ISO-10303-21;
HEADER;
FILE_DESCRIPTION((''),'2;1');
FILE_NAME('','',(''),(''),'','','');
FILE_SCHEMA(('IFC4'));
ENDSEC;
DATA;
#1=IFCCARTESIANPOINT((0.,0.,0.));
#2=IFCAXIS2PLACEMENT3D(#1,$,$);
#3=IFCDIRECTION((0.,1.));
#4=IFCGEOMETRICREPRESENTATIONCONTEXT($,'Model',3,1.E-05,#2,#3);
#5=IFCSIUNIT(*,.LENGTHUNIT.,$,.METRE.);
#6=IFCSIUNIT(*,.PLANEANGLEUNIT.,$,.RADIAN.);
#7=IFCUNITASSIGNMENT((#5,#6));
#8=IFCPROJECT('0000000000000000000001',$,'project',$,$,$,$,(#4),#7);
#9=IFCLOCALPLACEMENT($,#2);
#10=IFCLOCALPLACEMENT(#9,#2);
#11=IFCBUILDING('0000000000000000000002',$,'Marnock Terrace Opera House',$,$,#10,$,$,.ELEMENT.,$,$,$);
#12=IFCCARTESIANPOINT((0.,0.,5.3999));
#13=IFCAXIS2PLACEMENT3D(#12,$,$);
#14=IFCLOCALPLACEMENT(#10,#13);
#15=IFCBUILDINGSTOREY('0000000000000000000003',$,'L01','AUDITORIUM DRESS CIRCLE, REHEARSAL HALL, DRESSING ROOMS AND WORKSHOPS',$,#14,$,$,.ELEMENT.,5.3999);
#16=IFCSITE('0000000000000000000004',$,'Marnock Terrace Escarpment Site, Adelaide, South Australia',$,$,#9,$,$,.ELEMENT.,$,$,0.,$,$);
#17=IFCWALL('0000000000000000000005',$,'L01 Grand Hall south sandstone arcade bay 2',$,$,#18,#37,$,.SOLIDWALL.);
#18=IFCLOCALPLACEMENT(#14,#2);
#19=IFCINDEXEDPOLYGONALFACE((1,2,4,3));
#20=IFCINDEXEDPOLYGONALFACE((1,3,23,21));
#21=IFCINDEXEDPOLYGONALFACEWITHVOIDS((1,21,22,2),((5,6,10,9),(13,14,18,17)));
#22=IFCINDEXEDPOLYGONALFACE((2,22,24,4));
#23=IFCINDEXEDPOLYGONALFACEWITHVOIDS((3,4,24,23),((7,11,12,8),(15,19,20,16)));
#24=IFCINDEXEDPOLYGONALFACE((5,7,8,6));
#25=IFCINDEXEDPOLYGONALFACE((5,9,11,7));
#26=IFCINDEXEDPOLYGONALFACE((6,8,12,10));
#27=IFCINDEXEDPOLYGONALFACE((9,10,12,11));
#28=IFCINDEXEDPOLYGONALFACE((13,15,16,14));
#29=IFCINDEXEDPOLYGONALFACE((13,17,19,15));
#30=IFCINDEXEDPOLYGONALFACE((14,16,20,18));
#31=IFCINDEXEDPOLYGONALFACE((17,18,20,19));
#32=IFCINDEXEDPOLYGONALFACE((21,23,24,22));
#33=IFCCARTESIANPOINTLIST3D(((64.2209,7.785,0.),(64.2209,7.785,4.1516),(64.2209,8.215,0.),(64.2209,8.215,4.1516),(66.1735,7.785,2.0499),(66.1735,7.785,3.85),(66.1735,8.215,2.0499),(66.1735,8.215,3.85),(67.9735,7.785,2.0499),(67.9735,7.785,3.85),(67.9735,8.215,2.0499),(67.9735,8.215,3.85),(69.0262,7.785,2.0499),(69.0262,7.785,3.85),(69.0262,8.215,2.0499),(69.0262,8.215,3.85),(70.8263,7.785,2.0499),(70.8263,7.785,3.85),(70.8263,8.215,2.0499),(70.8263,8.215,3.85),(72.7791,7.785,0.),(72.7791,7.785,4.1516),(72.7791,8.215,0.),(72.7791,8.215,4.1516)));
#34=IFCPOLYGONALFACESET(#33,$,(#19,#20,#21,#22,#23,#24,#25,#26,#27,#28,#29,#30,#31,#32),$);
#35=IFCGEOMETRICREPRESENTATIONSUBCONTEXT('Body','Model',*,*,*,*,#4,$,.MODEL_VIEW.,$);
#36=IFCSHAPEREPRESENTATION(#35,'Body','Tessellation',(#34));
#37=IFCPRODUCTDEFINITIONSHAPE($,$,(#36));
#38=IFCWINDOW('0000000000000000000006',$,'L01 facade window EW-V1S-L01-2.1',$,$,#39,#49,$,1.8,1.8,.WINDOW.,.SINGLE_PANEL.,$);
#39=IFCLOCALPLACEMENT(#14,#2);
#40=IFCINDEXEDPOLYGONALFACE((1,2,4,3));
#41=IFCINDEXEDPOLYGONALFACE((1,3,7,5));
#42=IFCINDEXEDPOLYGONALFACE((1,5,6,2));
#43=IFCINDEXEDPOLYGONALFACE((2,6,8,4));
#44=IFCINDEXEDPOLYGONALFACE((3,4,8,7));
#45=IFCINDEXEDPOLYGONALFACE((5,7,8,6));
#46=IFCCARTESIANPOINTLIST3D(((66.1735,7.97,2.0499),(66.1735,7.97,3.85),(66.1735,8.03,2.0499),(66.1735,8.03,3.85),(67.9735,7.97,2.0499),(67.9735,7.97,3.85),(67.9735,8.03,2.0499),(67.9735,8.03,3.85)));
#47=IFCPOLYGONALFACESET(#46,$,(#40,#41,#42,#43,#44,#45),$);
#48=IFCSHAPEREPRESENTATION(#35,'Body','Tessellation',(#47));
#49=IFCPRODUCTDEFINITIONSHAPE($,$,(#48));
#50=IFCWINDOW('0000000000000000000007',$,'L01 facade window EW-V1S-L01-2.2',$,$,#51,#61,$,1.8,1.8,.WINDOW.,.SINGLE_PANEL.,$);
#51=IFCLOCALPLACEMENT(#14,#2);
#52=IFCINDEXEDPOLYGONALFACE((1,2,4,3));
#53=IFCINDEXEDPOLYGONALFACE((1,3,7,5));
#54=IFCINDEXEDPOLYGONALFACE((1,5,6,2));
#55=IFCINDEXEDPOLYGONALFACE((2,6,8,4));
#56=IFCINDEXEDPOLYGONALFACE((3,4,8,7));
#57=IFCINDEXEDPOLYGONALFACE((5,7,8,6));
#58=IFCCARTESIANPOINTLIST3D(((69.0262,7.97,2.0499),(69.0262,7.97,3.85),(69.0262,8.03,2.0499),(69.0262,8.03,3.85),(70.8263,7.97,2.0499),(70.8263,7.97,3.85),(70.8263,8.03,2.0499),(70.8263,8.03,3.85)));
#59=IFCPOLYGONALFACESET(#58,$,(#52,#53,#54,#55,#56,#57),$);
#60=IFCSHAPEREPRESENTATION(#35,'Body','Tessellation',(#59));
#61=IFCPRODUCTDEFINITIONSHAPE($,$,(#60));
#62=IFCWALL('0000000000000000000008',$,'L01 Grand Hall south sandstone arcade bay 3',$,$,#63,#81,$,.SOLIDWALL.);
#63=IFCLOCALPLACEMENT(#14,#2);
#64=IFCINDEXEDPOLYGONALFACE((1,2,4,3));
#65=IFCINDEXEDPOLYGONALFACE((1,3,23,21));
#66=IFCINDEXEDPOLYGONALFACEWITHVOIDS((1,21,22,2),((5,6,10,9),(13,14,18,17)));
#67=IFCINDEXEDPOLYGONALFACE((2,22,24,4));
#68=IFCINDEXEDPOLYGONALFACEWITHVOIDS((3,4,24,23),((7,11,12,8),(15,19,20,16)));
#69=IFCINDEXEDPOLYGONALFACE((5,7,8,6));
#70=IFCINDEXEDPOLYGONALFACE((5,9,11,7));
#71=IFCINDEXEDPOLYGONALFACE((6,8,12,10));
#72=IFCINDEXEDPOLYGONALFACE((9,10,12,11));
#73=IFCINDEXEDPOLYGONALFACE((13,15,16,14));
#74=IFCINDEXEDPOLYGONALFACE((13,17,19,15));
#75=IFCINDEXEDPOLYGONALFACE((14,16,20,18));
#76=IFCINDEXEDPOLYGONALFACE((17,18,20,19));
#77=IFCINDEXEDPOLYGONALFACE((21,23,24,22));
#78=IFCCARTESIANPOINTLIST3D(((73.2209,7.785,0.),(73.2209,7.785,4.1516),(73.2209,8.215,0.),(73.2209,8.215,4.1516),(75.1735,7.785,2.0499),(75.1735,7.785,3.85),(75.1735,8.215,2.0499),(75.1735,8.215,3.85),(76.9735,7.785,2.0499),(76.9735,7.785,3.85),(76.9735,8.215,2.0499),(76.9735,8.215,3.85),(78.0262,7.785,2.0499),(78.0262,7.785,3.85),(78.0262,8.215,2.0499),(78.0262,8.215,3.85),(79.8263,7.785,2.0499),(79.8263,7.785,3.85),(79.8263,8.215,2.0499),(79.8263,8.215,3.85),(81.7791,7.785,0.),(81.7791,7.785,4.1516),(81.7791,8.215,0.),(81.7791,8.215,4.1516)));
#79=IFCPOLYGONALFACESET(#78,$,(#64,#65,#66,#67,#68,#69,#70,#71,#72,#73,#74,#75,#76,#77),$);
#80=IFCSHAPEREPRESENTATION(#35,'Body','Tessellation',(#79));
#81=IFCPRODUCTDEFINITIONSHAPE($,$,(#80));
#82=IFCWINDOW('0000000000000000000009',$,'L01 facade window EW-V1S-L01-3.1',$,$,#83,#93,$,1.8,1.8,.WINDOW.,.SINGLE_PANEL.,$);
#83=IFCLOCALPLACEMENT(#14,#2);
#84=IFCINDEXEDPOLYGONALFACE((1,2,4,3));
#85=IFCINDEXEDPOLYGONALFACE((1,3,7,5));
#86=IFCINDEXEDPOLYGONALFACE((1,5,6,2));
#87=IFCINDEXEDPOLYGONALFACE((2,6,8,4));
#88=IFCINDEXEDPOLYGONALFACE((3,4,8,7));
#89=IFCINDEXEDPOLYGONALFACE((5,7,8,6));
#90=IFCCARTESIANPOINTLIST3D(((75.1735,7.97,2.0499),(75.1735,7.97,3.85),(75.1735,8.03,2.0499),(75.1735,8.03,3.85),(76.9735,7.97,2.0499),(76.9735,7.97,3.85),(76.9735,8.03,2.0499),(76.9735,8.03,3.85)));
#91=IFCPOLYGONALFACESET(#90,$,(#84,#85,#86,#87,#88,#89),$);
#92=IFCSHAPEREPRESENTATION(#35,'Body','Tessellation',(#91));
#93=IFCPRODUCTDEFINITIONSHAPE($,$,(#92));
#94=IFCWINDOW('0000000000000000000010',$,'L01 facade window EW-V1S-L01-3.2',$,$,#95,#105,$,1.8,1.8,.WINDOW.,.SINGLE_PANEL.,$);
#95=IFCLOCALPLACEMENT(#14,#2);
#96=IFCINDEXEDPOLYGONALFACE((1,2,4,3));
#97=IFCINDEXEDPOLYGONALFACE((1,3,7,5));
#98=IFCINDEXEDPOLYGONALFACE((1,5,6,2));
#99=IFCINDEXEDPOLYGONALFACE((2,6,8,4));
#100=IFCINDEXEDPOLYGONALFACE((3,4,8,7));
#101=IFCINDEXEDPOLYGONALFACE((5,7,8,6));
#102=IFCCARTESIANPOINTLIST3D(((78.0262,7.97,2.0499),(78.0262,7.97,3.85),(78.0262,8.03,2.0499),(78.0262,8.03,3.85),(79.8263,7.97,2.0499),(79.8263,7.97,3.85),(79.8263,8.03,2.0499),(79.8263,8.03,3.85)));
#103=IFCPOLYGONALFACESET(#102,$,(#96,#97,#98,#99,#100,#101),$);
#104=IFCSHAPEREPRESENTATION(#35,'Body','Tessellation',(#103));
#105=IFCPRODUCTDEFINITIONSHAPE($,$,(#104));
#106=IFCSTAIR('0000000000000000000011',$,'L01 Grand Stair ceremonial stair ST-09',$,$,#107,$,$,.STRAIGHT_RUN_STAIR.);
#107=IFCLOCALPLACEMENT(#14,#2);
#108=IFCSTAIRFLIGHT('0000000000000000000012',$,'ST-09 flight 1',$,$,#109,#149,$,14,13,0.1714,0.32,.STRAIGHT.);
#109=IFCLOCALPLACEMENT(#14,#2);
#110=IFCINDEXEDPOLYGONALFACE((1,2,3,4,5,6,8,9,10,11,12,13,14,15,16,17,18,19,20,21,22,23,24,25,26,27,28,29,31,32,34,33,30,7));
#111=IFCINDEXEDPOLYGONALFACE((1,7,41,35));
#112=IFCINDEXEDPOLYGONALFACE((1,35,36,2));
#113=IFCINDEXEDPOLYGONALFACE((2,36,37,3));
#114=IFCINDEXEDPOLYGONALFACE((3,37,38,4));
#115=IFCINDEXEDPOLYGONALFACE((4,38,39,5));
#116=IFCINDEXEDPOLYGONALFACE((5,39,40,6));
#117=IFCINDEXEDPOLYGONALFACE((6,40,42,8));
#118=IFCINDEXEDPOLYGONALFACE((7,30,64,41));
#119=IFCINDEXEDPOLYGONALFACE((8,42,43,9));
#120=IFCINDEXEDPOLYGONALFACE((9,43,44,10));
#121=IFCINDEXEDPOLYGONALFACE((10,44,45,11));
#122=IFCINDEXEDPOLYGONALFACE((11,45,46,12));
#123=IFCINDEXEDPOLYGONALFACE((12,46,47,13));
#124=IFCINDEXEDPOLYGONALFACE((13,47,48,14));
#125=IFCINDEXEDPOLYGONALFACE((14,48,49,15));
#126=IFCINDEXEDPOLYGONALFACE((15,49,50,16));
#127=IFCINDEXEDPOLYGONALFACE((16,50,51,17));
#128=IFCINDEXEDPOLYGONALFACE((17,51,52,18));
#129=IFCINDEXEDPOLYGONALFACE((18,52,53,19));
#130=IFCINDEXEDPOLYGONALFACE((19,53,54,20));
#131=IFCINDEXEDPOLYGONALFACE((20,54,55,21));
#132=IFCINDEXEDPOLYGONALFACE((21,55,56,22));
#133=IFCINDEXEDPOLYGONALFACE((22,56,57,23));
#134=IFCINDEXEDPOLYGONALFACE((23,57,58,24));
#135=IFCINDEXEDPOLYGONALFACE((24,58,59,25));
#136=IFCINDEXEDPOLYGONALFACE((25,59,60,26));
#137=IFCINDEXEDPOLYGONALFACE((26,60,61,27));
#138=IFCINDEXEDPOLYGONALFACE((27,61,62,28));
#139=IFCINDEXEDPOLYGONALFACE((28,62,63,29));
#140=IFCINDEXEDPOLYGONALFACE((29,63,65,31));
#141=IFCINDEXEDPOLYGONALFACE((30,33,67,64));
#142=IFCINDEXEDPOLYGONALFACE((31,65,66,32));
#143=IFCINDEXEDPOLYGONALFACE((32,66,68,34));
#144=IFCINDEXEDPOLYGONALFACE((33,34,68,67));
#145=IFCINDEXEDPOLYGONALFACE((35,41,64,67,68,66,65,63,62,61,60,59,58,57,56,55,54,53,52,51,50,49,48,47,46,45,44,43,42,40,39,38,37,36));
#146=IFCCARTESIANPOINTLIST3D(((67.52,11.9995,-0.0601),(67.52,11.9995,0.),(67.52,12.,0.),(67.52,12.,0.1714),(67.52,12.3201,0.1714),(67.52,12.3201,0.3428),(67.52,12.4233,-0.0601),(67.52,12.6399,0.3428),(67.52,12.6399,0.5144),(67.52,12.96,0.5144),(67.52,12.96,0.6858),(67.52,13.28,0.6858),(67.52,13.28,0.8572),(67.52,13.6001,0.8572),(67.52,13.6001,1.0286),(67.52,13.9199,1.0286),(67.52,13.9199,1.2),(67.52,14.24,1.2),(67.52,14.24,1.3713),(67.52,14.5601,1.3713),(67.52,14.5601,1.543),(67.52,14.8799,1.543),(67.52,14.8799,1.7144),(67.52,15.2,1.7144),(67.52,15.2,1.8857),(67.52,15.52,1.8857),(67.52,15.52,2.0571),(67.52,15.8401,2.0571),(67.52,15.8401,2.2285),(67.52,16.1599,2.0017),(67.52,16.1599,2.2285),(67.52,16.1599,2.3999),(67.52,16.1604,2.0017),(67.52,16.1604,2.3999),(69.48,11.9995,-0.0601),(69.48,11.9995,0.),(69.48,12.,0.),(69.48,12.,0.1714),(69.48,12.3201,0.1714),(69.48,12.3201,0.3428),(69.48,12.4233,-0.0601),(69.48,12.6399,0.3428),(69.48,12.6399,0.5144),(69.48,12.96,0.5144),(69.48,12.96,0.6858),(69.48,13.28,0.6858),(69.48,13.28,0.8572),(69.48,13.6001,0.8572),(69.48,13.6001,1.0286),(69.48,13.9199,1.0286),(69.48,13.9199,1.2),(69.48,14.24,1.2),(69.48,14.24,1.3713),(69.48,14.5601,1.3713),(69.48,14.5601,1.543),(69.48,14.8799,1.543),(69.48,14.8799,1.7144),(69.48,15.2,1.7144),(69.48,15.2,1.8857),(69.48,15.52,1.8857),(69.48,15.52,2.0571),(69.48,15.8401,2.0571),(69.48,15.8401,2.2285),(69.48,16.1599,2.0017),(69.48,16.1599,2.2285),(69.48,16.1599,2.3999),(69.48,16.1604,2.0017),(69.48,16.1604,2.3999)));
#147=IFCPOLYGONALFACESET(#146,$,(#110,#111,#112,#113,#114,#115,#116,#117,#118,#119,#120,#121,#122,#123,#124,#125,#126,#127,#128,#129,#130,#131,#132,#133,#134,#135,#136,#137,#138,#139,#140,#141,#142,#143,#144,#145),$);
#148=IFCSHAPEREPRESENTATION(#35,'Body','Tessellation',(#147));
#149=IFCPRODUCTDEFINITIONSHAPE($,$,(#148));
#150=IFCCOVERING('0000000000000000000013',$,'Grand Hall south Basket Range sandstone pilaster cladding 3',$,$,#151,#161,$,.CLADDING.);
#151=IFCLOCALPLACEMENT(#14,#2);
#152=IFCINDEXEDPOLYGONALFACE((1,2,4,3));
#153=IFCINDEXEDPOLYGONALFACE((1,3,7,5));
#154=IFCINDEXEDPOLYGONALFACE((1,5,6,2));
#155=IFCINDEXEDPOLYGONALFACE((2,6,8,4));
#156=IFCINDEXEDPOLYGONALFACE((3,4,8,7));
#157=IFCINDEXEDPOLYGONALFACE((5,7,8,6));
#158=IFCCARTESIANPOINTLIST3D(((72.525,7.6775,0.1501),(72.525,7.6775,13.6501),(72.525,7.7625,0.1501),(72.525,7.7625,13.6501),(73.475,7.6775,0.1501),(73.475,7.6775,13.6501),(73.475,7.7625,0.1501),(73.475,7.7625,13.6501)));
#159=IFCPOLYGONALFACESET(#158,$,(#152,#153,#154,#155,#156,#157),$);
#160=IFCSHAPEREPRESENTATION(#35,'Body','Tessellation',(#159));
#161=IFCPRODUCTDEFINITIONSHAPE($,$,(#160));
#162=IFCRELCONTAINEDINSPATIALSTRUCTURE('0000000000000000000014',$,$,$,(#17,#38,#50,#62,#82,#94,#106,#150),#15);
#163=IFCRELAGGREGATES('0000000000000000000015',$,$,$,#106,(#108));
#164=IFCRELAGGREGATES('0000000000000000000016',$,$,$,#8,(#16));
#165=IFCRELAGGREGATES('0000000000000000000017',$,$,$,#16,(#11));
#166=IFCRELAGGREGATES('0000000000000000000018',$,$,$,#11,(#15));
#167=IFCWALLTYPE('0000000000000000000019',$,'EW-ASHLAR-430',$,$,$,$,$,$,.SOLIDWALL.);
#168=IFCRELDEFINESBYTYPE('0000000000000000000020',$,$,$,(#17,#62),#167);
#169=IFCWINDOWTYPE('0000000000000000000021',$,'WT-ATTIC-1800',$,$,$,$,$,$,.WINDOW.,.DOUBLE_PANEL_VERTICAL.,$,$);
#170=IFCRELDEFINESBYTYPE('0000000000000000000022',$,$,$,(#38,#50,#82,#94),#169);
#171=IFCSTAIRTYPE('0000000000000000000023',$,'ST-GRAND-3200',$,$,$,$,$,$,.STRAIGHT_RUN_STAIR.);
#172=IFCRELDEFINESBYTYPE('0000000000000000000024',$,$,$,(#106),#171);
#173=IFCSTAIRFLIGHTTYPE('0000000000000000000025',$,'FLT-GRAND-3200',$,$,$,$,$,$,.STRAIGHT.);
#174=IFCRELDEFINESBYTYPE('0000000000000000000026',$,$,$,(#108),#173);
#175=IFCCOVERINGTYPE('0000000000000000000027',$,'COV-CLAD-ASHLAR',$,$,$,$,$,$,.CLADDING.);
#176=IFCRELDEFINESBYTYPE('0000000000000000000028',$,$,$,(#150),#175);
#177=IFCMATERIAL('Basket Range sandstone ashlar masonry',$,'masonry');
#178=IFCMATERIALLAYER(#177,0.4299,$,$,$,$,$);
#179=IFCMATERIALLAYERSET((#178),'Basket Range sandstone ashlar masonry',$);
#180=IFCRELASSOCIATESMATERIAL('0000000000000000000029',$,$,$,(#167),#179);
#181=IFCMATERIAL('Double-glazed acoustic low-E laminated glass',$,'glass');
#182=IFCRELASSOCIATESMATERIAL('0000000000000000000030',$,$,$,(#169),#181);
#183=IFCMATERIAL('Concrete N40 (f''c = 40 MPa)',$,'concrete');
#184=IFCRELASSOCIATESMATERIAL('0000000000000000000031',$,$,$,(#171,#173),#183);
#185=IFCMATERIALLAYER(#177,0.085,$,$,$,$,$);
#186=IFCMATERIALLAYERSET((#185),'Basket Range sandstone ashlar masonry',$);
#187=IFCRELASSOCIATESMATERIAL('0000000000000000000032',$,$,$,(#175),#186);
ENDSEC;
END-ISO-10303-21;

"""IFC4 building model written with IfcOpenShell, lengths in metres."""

from ifc_helpers import new_model, si_unit, direction, frame, frame_2d, origin, origin_2d, place, context, subcontext, project, spatial, polyline, rectangle, outline, extrude, material, layer, layer_set, type_object, element, fill, aggregate, save


model = new_model("IFC4")

# Units and contexts
model_context = context("Model", 3, precision=1e-05, world=origin(), true_north=direction((0.0, 1.0)))
body_context = subcontext(model_context, "Body", "Model", "MODEL_VIEW")
ifc_project = project(units=[si_unit("LENGTHUNIT", "METRE"), si_unit("PLANEANGLEUNIT", "RADIAN")], contexts=[model_context])

# Site, building, storey
site_placement = place(None, origin())
site = spatial("IfcSite", under=ifc_project, at=site_placement, Name="Marnock Terrace Escarpment Site, Adelaide, South Australia", CompositionType="ELEMENT", RefElevation=0.0)
building_placement = place(site_placement, origin())
building = spatial("IfcBuilding", under=site, at=building_placement, Name="Marnock Terrace Opera House", CompositionType="ELEMENT")
storey_placement = place(building_placement, frame((0.0, 0.0, 5.3999)))
storey = spatial("IfcBuildingStorey", under=building, at=storey_placement, Name="L01", Description="AUDITORIUM DRESS CIRCLE, REHEARSAL HALL, DRESSING ROOMS AND WORKSHOPS", CompositionType="ELEMENT", Elevation=5.3999)

# Shared definitions
ifc_material_1 = material(Name="Concrete N40 (f'c = 40 MPa)", Category="concrete")

# Walls, openings, windows
ifc_material_2 = material(Name="Basket Range sandstone ashlar masonry", Category="masonry")
ifc_layer_1 = layer(ifc_material_2, 0.4299)
ifc_layer_set_1 = layer_set([ifc_layer_1], Name="Basket Range sandstone ashlar masonry")
wall_type = type_object("IfcWallType", Name="EW-ASHLAR-430", PredefinedType="SOLIDWALL", material=ifc_layer_set_1)
wall_1_placement = place(storey_placement, frame((64.2209, 8.0, 0.0), z_axis=(0.0, 0.0, 1.0), x_axis=(1.0, 0.0, 0.0)))
wall_1 = element("IfcWall", 1, at=wall_1_placement, inside=storey, type_object=wall_type, Name="L01 Grand Hall south sandstone arcade bay 2", PredefinedType="SOLIDWALL", context=body_context, shape_type="SweptSolid", body=[
    extrude(rectangle(XDim=8.5581, YDim=0.4299, at=frame_2d((4.2791, 0.0))), origin(), (0.0, 0.0, 1.0), 4.1516),
])
opening_1_placement = place(wall_1_placement, frame((1.9526, 0.0, 2.05)))
opening_1 = element("IfcOpeningElement", 2, at=opening_1_placement, cuts=wall_1, PredefinedType="OPENING", context=body_context, shape_type="SweptSolid", body=[
    extrude(rectangle(XDim=1.8, YDim=1.8, at=frame_2d((0.8999, 0.8999))), frame((0.0, 0.2249, 0.0), z_axis=(0.0, -1.0, 0.0), x_axis=(1.0, 0.0, 0.0)), (0.0, 0.0, 1.0), 0.45),
])
opening_2_placement = place(wall_1_placement, frame((4.8054, 0.0, 2.05)))
opening_2 = element("IfcOpeningElement", 3, at=opening_2_placement, cuts=wall_1, PredefinedType="OPENING", context=body_context, shape_type="SweptSolid", body=[
    extrude(rectangle(XDim=1.8, YDim=1.8, at=frame_2d((0.8999, 0.8999))), frame((0.0, 0.2249, 0.0), z_axis=(0.0, -1.0, 0.0), x_axis=(1.0, 0.0, 0.0)), (0.0, 0.0, 1.0), 0.45),
])
ifc_material_3 = material(Name="Double-glazed acoustic low-E laminated glass", Category="glass")
window_type = type_object("IfcWindowType", Name="WT-ATTIC-1800", PartitioningType="DOUBLE_PANEL_VERTICAL", PredefinedType="WINDOW", material=ifc_material_3)
window_1_placement = place(opening_1_placement, origin())
window_1 = element("IfcWindow", 4, at=window_1_placement, inside=storey, type_object=window_type, Name="L01 facade window EW-V1S-L01-2.1", OverallHeight=1.8, OverallWidth=1.8, PartitioningType="SINGLE_PANEL", PredefinedType="WINDOW", context=body_context, shape_type="SweptSolid", body=[
    extrude(rectangle(XDim=1.8, YDim=1.8, at=frame_2d((0.8999, 0.8999))), frame((0.0, 0.03, 0.0), z_axis=(0.0, -1.0, 0.0), x_axis=(1.0, 0.0, 0.0)), (0.0, 0.0, 1.0), 0.0601),
])
fill(opening_1, window_1)
window_2_placement = place(opening_2_placement, origin())
window_2 = element("IfcWindow", 5, at=window_2_placement, inside=storey, type_object=window_type, Name="L01 facade window EW-V1S-L01-2.2", OverallHeight=1.8, OverallWidth=1.8, PartitioningType="SINGLE_PANEL", PredefinedType="WINDOW", context=body_context, shape_type="SweptSolid", body=[
    extrude(rectangle(XDim=1.8, YDim=1.8, at=frame_2d((0.8999, 0.8999))), frame((0.0, 0.03, 0.0), z_axis=(0.0, -1.0, 0.0), x_axis=(1.0, 0.0, 0.0)), (0.0, 0.0, 1.0), 0.0601),
])
fill(opening_2, window_2)
wall_2_placement = place(storey_placement, frame((73.2209, 8.0, 0.0), z_axis=(0.0, 0.0, 1.0), x_axis=(1.0, 0.0, 0.0)))
wall_2 = element("IfcWall", 6, at=wall_2_placement, inside=storey, type_object=wall_type, Name="L01 Grand Hall south sandstone arcade bay 3", PredefinedType="SOLIDWALL", context=body_context, shape_type="SweptSolid", body=[
    extrude(rectangle(XDim=8.5581, YDim=0.4299, at=frame_2d((4.2791, 0.0))), origin(), (0.0, 0.0, 1.0), 4.1516),
])
opening_3_placement = place(wall_2_placement, frame((1.9526, 0.0, 2.05)))
opening_3 = element("IfcOpeningElement", 7, at=opening_3_placement, cuts=wall_2, PredefinedType="OPENING", context=body_context, shape_type="SweptSolid", body=[
    extrude(rectangle(XDim=1.8, YDim=1.8, at=frame_2d((0.8999, 0.8999))), frame((0.0, 0.2249, 0.0), z_axis=(0.0, -1.0, 0.0), x_axis=(1.0, 0.0, 0.0)), (0.0, 0.0, 1.0), 0.45),
])
opening_4_placement = place(wall_2_placement, frame((4.8054, 0.0, 2.05)))
opening_4 = element("IfcOpeningElement", 8, at=opening_4_placement, cuts=wall_2, PredefinedType="OPENING", context=body_context, shape_type="SweptSolid", body=[
    extrude(rectangle(XDim=1.8, YDim=1.8, at=frame_2d((0.8999, 0.8999))), frame((0.0, 0.2249, 0.0), z_axis=(0.0, -1.0, 0.0), x_axis=(1.0, 0.0, 0.0)), (0.0, 0.0, 1.0), 0.45),
])
window_3_placement = place(opening_3_placement, origin())
window_3 = element("IfcWindow", 9, at=window_3_placement, inside=storey, type_object=window_type, Name="L01 facade window EW-V1S-L01-3.1", OverallHeight=1.8, OverallWidth=1.8, PartitioningType="SINGLE_PANEL", PredefinedType="WINDOW", context=body_context, shape_type="SweptSolid", body=[
    extrude(rectangle(XDim=1.8, YDim=1.8, at=frame_2d((0.8999, 0.8999))), frame((0.0, 0.03, 0.0), z_axis=(0.0, -1.0, 0.0), x_axis=(1.0, 0.0, 0.0)), (0.0, 0.0, 1.0), 0.0601),
])
fill(opening_3, window_3)
window_4_placement = place(opening_4_placement, origin())
window_4 = element("IfcWindow", 10, at=window_4_placement, inside=storey, type_object=window_type, Name="L01 facade window EW-V1S-L01-3.2", OverallHeight=1.8, OverallWidth=1.8, PartitioningType="SINGLE_PANEL", PredefinedType="WINDOW", context=body_context, shape_type="SweptSolid", body=[
    extrude(rectangle(XDim=1.8, YDim=1.8, at=frame_2d((0.8999, 0.8999))), frame((0.0, 0.03, 0.0), z_axis=(0.0, -1.0, 0.0), x_axis=(1.0, 0.0, 0.0)), (0.0, 0.0, 1.0), 0.0601),
])
fill(opening_4, window_4)

# Stair, stair flight
stair_type = type_object("IfcStairType", Name="ST-GRAND-3200", PredefinedType="STRAIGHT_RUN_STAIR", material=ifc_material_1)
stair_placement = place(storey_placement, origin())
stair = element("IfcStair", 11, at=stair_placement, inside=storey, type_object=stair_type, Name="L01 Grand Stair ceremonial stair ST-09", PredefinedType="STRAIGHT_RUN_STAIR")
stair_flight_type = type_object("IfcStairFlightType", Name="FLT-GRAND-3200", PredefinedType="STRAIGHT", material=ifc_material_1)
stair_flight_placement = place(storey_placement, frame((68.5, 12.0, 0.0), z_axis=(0.0, 0.0, 1.0), x_axis=(0.0, 1.0, 0.0)))
stair_flight = element("IfcStairFlight", 12, at=stair_flight_placement, type_object=stair_flight_type, Name="ST-09 flight 1", NumberOfRisers=14, NumberOfTreads=13, PredefinedType="STRAIGHT", RiserHeight=0.1714, TreadLength=0.32, context=body_context, shape_type="SweptSolid", body=[
    extrude(outline(polyline([(-0.0005, -0.0601), (-0.0005, 0.0), (0.0, 0.0), (0.0, 0.1714), (0.3201, 0.1714), (0.3201, 0.3428), (0.6399, 0.3428), (0.6399, 0.5144), (0.96, 0.5144), (0.96, 0.6858), (1.28, 0.6858), (1.28, 0.8572), (1.6001, 0.8572), (1.6001, 1.0286), (1.9199, 1.0286), (1.9199, 1.2), (2.24, 1.2), (2.24, 1.3713), (2.5601, 1.3713), (2.5601, 1.543), (2.8799, 1.543), (2.8799, 1.7144), (3.2, 1.7144), (3.2, 1.8857), (3.52, 1.8857), (3.52, 2.0571), (3.8401, 2.0571), (3.8401, 2.2285), (4.1599, 2.2285), (4.1599, 2.3999), (4.1604, 2.3999), (4.1604, 2.0017), (4.1599, 2.0017), (0.4233, -0.0601), (-0.0005, -0.0601)])), frame((0.0, 0.98, 0.0), z_axis=(0.0, -1.0, 0.0), x_axis=(1.0, 0.0, 0.0)), (0.0, 0.0, 1.0), 1.96),
])
aggregate(stair, [stair_flight])

# Covering
ifc_layer_2 = layer(ifc_material_2, 0.085)
ifc_layer_set_2 = layer_set([ifc_layer_2], Name="Basket Range sandstone ashlar masonry")
covering_type_1 = type_object("IfcCoveringType", Name="COV-CLAD-ASHLAR", PredefinedType="CLADDING", material=ifc_layer_set_2)
covering_1_placement = place(storey_placement, frame((73.0, 7.72, 0.1501), z_axis=(0.0, 0.0, 1.0), x_axis=(1.0, 0.0, 0.0)))
element("IfcCovering", 13, at=covering_1_placement, inside=storey, type_object=covering_type_1, Name="Grand Hall south Basket Range sandstone pilaster cladding 3", PredefinedType="CLADDING", context=body_context, shape_type="SweptSolid", body=[
    extrude(rectangle(XDim=0.95, YDim=0.085, at=origin_2d()), origin(), (0.0, 0.0, 1.0), 13.5),
])

save(model, "model.ifc")
